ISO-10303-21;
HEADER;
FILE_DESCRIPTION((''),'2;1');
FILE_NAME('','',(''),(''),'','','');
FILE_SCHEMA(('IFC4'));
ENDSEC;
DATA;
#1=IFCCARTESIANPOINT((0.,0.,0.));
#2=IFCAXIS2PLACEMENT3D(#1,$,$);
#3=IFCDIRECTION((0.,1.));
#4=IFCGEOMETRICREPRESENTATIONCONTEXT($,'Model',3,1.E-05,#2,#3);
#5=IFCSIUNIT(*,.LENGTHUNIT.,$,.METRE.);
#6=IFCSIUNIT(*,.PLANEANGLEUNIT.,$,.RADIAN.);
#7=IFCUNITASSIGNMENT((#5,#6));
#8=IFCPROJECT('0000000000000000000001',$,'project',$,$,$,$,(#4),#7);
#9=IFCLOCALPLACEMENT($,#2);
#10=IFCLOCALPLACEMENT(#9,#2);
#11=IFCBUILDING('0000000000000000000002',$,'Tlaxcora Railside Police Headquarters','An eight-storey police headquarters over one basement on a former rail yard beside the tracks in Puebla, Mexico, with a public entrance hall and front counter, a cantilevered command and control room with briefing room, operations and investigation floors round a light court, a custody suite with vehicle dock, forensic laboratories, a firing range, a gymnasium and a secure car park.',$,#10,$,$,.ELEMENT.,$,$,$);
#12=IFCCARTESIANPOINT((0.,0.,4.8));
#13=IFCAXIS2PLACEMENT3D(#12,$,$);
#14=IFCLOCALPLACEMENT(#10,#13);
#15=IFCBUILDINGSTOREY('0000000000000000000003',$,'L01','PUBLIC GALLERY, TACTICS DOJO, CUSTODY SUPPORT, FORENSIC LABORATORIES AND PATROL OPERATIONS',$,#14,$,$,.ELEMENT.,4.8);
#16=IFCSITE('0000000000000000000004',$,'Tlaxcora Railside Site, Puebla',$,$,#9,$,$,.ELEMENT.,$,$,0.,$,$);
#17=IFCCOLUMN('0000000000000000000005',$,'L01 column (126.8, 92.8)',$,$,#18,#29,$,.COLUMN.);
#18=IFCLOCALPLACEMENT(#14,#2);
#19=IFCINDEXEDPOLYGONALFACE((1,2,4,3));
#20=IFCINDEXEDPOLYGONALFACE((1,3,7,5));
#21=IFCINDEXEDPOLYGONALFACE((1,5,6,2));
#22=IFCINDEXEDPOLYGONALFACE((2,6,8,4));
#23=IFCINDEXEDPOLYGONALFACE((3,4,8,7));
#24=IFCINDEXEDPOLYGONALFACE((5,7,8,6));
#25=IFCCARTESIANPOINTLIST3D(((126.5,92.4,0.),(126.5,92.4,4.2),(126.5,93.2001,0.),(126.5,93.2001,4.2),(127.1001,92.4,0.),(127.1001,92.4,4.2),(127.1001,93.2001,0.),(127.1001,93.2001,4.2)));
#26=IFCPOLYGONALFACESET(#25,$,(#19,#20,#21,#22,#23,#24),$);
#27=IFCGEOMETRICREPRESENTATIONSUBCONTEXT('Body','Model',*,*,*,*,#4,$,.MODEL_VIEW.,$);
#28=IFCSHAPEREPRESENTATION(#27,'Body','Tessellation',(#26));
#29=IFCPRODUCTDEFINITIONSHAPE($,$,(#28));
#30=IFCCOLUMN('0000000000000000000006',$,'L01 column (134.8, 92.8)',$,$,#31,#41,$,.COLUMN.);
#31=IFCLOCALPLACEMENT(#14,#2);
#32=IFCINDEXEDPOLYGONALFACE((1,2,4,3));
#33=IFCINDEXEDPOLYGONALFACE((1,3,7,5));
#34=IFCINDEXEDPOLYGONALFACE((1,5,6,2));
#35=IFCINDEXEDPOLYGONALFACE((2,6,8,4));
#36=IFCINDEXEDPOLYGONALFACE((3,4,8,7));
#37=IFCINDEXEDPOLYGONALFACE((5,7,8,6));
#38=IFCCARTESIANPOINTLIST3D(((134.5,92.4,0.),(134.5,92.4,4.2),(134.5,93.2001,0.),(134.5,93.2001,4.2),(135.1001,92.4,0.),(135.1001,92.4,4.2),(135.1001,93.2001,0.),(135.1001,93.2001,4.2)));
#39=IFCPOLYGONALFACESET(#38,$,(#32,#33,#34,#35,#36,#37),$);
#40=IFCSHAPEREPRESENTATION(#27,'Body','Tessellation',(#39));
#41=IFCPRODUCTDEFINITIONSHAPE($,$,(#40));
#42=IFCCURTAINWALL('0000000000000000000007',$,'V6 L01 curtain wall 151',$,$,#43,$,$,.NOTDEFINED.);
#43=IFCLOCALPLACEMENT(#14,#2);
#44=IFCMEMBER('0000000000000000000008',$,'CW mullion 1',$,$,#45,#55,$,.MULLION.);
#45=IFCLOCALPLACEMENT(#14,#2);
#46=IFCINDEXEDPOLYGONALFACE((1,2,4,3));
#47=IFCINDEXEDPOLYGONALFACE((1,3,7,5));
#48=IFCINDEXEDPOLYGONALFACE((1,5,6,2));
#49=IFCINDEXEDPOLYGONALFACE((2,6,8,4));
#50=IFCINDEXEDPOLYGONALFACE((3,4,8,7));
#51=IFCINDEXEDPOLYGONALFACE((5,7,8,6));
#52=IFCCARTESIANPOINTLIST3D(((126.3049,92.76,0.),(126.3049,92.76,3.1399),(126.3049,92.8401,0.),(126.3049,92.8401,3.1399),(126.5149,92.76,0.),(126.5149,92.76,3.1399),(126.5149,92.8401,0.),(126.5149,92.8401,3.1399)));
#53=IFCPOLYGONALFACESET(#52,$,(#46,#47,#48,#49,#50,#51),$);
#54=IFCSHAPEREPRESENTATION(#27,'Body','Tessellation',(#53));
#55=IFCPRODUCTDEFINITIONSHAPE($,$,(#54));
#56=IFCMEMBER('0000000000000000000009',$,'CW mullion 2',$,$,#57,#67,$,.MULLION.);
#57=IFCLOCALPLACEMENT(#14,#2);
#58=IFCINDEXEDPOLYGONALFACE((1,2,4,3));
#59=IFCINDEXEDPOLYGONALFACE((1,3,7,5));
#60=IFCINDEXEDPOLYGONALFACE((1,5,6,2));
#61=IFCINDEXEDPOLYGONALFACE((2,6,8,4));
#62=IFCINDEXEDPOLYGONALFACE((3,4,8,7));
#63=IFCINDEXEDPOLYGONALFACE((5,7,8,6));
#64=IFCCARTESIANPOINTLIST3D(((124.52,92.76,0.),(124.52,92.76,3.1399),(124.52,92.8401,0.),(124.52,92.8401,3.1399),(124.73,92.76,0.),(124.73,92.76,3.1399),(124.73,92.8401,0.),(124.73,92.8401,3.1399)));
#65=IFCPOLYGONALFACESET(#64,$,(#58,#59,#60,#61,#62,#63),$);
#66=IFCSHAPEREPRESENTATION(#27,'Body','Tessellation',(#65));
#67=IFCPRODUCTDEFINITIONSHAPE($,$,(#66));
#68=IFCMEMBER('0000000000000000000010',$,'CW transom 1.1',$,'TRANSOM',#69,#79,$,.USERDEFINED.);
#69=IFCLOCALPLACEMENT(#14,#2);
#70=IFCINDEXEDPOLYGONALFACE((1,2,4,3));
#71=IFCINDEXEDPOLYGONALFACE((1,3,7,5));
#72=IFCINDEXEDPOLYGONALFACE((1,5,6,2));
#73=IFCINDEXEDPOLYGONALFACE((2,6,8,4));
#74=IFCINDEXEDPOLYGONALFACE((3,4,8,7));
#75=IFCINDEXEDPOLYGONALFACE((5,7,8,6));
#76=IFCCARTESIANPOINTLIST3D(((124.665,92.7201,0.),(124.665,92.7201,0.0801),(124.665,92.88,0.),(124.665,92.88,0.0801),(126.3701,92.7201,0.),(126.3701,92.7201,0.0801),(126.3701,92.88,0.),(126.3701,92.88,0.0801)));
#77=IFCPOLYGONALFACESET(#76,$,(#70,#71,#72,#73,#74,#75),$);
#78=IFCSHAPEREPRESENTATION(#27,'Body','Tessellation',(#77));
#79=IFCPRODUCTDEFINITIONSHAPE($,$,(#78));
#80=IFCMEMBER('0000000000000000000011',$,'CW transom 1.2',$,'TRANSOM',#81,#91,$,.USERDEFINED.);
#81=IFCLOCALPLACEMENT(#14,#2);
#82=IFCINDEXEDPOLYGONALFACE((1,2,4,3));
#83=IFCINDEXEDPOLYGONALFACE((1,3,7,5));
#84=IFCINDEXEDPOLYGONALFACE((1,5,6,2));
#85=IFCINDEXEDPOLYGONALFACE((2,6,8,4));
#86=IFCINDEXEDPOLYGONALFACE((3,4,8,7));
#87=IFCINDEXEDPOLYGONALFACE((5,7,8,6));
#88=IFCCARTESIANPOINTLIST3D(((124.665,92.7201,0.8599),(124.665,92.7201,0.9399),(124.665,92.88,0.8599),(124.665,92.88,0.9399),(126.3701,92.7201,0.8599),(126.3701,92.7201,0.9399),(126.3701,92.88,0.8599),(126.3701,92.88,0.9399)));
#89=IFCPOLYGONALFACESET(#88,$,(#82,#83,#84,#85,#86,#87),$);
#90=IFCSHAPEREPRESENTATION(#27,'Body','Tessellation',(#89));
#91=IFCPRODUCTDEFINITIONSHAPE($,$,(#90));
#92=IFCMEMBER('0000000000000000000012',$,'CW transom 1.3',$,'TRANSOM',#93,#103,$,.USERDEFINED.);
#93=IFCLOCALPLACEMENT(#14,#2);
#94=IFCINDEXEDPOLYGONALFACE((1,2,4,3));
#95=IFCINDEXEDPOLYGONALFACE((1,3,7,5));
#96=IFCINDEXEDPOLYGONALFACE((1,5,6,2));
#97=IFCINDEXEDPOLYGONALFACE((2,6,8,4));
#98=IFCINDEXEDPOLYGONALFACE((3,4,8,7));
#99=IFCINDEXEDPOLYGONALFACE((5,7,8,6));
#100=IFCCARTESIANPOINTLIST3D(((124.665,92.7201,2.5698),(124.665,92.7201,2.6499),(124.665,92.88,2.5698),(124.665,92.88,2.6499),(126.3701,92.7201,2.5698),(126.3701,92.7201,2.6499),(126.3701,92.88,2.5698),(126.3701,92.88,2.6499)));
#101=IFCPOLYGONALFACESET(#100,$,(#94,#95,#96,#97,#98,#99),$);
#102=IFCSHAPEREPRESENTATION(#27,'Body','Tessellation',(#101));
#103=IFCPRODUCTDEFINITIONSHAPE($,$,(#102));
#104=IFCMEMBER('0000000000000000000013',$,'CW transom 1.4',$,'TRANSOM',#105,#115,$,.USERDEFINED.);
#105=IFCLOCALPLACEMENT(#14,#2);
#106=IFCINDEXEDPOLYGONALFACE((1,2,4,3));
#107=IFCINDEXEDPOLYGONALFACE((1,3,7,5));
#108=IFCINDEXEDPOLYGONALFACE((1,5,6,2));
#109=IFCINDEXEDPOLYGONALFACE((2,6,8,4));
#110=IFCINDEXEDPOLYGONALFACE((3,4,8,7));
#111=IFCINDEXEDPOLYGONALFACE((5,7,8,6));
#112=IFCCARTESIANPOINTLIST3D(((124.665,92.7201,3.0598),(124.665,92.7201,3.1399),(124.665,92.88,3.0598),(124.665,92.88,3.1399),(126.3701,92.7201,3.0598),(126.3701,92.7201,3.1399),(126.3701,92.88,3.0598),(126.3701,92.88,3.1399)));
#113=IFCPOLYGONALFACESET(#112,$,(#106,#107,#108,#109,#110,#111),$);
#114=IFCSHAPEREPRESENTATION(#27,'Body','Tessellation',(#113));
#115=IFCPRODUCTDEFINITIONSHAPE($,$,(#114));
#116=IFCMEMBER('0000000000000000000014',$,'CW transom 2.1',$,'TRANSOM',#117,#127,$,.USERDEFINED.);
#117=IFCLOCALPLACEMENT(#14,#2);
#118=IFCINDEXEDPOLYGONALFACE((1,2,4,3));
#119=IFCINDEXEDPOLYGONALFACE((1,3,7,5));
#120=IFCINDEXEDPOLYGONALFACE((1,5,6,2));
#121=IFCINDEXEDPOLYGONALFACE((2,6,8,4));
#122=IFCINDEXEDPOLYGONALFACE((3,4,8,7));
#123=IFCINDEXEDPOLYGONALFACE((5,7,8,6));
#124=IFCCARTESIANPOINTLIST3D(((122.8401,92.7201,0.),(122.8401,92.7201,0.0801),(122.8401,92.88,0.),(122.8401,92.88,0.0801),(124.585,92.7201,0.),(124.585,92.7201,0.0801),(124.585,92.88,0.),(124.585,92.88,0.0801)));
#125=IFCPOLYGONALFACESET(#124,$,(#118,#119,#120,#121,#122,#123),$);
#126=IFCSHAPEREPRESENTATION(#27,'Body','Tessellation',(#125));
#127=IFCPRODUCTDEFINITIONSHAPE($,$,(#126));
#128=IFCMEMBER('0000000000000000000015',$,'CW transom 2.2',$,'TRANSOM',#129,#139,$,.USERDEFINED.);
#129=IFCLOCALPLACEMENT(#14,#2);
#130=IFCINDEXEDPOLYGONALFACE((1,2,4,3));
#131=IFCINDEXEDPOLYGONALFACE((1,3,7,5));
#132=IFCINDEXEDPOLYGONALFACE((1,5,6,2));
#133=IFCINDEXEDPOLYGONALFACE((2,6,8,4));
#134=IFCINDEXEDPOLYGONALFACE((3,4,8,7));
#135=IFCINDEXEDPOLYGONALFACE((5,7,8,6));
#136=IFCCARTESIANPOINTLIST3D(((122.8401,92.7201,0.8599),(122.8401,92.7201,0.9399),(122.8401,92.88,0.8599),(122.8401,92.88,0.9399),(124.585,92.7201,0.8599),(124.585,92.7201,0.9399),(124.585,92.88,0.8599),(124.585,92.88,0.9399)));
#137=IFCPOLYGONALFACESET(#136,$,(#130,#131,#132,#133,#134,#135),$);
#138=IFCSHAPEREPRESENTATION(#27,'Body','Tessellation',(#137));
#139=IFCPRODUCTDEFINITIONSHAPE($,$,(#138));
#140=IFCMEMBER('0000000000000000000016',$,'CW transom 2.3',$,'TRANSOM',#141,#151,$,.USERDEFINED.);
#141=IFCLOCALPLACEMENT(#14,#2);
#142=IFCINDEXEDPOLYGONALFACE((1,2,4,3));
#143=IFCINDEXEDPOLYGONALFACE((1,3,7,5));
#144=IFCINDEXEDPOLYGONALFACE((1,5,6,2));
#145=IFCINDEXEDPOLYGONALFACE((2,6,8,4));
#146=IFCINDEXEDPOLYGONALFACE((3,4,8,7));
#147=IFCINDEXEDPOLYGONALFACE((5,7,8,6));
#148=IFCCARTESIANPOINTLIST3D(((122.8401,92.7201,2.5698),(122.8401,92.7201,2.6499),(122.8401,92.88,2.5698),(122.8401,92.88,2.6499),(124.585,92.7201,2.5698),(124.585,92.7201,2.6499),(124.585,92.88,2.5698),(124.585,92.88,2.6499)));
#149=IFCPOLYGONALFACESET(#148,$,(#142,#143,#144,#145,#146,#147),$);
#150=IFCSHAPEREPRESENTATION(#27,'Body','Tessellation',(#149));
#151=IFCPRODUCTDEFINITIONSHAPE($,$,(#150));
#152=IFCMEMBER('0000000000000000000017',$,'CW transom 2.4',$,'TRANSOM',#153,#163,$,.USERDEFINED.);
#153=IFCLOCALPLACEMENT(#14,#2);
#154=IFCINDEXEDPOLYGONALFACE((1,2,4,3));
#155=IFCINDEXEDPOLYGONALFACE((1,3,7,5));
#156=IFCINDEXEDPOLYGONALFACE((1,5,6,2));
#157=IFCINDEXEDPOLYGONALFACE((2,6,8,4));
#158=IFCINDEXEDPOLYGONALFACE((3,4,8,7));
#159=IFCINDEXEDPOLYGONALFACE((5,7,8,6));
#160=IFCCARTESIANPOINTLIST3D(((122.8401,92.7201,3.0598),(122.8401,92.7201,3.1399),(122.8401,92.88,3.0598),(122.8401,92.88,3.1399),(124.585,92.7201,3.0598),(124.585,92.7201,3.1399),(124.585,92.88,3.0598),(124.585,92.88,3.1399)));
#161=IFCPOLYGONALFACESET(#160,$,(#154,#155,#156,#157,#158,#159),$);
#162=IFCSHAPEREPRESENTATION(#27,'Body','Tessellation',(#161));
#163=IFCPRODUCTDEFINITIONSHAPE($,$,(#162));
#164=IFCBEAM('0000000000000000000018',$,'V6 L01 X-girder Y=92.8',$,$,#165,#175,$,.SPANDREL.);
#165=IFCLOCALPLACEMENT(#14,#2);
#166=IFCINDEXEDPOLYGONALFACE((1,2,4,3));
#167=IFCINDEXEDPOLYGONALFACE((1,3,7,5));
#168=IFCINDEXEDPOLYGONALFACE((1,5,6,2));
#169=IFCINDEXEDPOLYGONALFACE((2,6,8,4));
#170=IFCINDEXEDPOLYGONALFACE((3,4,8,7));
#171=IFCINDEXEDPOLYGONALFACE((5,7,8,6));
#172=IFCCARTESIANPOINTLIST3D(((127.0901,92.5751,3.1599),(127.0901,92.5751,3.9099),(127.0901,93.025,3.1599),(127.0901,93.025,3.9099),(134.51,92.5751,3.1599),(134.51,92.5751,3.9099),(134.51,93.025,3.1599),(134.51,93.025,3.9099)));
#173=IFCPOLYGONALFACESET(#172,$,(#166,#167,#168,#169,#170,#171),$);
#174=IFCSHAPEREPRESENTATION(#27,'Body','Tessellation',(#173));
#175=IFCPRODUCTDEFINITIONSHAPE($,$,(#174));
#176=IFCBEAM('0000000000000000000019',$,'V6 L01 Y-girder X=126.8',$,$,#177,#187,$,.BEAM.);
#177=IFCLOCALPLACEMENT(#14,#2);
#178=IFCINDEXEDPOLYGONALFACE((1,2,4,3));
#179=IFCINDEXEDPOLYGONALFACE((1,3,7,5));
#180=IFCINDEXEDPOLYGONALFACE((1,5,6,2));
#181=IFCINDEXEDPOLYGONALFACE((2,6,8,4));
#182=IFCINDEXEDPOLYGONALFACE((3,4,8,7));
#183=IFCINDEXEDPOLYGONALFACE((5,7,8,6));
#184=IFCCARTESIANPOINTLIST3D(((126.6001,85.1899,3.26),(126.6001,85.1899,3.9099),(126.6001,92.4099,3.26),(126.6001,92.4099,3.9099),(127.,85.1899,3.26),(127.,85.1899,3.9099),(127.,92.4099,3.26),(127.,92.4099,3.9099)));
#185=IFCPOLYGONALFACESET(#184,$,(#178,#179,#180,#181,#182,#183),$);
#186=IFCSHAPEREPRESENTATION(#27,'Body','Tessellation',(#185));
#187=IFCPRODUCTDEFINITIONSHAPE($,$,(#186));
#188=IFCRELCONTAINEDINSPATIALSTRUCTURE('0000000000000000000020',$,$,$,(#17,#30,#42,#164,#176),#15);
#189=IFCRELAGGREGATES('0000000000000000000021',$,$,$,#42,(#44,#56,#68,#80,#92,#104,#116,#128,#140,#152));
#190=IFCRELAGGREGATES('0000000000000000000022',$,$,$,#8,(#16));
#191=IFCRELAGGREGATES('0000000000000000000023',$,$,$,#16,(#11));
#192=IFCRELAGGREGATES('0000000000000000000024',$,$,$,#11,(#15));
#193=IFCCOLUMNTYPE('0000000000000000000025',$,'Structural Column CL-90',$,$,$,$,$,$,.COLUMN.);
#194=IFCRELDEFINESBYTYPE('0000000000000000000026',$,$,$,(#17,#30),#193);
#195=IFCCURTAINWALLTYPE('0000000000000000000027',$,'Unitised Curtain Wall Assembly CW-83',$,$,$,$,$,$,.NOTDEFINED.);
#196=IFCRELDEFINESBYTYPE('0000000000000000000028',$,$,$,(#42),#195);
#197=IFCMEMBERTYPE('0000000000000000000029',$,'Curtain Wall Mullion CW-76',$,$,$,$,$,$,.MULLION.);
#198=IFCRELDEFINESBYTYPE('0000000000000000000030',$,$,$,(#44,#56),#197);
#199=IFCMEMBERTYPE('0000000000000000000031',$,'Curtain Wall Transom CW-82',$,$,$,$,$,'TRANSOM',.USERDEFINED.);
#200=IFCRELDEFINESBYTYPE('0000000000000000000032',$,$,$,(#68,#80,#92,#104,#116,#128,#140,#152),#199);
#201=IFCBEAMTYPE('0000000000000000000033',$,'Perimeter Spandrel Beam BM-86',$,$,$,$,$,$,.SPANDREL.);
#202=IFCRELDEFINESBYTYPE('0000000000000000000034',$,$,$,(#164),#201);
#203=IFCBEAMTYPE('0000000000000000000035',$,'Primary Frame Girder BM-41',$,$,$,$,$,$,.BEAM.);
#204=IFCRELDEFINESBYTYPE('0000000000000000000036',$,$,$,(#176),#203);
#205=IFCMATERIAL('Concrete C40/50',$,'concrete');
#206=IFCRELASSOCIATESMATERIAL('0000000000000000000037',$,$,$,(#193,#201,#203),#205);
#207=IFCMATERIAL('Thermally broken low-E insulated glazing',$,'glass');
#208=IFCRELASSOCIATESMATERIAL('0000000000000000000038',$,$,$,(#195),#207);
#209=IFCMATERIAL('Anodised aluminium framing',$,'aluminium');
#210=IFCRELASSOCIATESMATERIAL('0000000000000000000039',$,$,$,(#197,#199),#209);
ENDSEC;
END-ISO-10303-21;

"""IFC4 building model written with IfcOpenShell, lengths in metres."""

from ifc_helpers import new_model, si_unit, direction, frame, origin, origin_2d, place, context, subcontext, project, spatial, rectangle, extrude, material, material_profile, profile_set, type_object, element, aggregate, save


model = new_model("IFC4")

# Units and contexts
model_context = context("Model", 3, precision=1e-05, world=origin(), true_north=direction((0.0, 1.0)))
body_context = subcontext(model_context, "Body", "Model", "MODEL_VIEW")
ifc_project = project(units=[si_unit("LENGTHUNIT", "METRE"), si_unit("PLANEANGLEUNIT", "RADIAN")], contexts=[model_context])

# Site, building, storey
site_placement = place(None, origin())
site = spatial("IfcSite", under=ifc_project, at=site_placement, Name="Tlaxcora Railside Site, Puebla", CompositionType="ELEMENT", RefElevation=0.0)
building_placement = place(site_placement, origin())
building = spatial("IfcBuilding", under=site, at=building_placement, Name="Tlaxcora Railside Police Headquarters", Description="An eight-storey police headquarters over one basement on a former rail yard beside the tracks in Puebla, Mexico, with a public entrance hall and front counter, a cantilevered command and control room with briefing room, operations and investigation floors round a light court, a custody suite with vehicle dock, forensic laboratories, a firing range, a gymnasium and a secure car park.", CompositionType="ELEMENT")
storey_placement = place(building_placement, frame((0.0, 0.0, 4.8)))
storey = spatial("IfcBuildingStorey", under=building, at=storey_placement, Name="L01", Description="PUBLIC GALLERY, TACTICS DOJO, CUSTODY SUPPORT, FORENSIC LABORATORIES AND PATROL OPERATIONS", CompositionType="ELEMENT", Elevation=4.8)

# Columns
ifc_material_1 = material(Name="Concrete C40/50", Category="concrete")
ifc_material_profile_1 = material_profile(ifc_material_1, rectangle(XDim=0.6001, YDim=0.8, at=origin_2d()), Name="RC600X800")
ifc_profile_set_1 = profile_set([ifc_material_profile_1], Name="Concrete C40/50")
column_type = type_object("IfcColumnType", Name="Structural Column CL-90", PredefinedType="COLUMN", material=ifc_profile_set_1)
for number, where, z_axis, x_axis, name in (
    (1, (126.8, 92.8, 0.0), (0.0, 0.0, 1.0), (1.0, 0.0, 0.0), "L01 column (126.8, 92.8)"),
    (2, (134.8, 92.8, 0.0), (0.0, 0.0, 1.0), (1.0, 0.0, 0.0), "L01 column (134.8, 92.8)"),
):
    element("IfcColumn", number, at=place(storey_placement, frame(where, z_axis=z_axis, x_axis=x_axis)), inside=storey, type_object=column_type, Name=name, PredefinedType="COLUMN", context=body_context, shape_type="SweptSolid", body=[
        extrude(rectangle(XDim=0.6001, YDim=0.8, at=origin_2d()), origin(), (0.0, 0.0, 1.0), 4.2),
    ])

# Curtain wall, members
ifc_material_2 = material(Name="Thermally broken low-E insulated glazing", Category="glass")
curtain_wall_type = type_object("IfcCurtainWallType", Name="Unitised Curtain Wall Assembly CW-83", PredefinedType="NOTDEFINED", material=ifc_material_2)
curtain_wall_placement = place(storey_placement, origin())
curtain_wall = element("IfcCurtainWall", 3, at=curtain_wall_placement, inside=storey, type_object=curtain_wall_type, Name="V6 L01 curtain wall 151", PredefinedType="NOTDEFINED")
ifc_material_3 = material(Name="Anodised aluminium framing", Category="aluminium")
ifc_material_profile_2 = material_profile(ifc_material_3, rectangle(XDim=0.0801, YDim=0.21, at=origin_2d()), Name="AL80X210")
ifc_profile_set_2 = profile_set([ifc_material_profile_2], Name="Anodised aluminium framing")
member_type_1 = type_object("IfcMemberType", Name="Curtain Wall Mullion CW-76", PredefinedType="MULLION", material=ifc_profile_set_2)
member_1_placement = place(storey_placement, frame((126.4099, 92.8, 0.0), z_axis=(0.0, 0.0, 1.0), x_axis=(0.0, -1.0, 0.0)))
member_1 = element("IfcMember", 4, at=member_1_placement, type_object=member_type_1, Name="CW mullion 1", PredefinedType="MULLION", context=body_context, shape_type="SweptSolid", body=[
    extrude(rectangle(XDim=0.0801, YDim=0.21, at=origin_2d()), origin(), (0.0, 0.0, 1.0), 3.1399),
])
member_2_placement = place(storey_placement, frame((124.625, 92.8, 0.0), z_axis=(0.0, 0.0, 1.0), x_axis=(0.0, -1.0, 0.0)))
member_2 = element("IfcMember", 5, at=member_2_placement, type_object=member_type_1, Name="CW mullion 2", PredefinedType="MULLION", context=body_context, shape_type="SweptSolid", body=[
    extrude(rectangle(XDim=0.0801, YDim=0.21, at=origin_2d()), origin(), (0.0, 0.0, 1.0), 3.1399),
])
ifc_material_profile_3 = material_profile(ifc_material_3, rectangle(XDim=0.1599, YDim=0.0801, at=origin_2d()), Name="AL80X160")
ifc_profile_set_3 = profile_set([ifc_material_profile_3], Name="Anodised aluminium framing")
member_type_2 = type_object("IfcMemberType", Name="Curtain Wall Transom CW-82", ElementType="TRANSOM", PredefinedType="USERDEFINED", material=ifc_profile_set_3)
member_3_placement = place(storey_placement, frame((126.3701, 92.8, 0.04), z_axis=(-1.0, 0.0, 0.0), x_axis=(0.0, -1.0, 0.0)))
member_3 = element("IfcMember", 6, at=member_3_placement, type_object=member_type_2, Name="CW transom 1.1", ObjectType="TRANSOM", PredefinedType="USERDEFINED", context=body_context, shape_type="SweptSolid", body=[
    extrude(rectangle(XDim=0.1599, YDim=0.0801, at=origin_2d()), origin(), (0.0, 0.0, 1.0), 1.7051),
])
member_4_placement = place(storey_placement, frame((126.3701, 92.8, 0.8999), z_axis=(-1.0, 0.0, 0.0), x_axis=(0.0, -1.0, 0.0)))
member_4 = element("IfcMember", 7, at=member_4_placement, type_object=member_type_2, Name="CW transom 1.2", ObjectType="TRANSOM", PredefinedType="USERDEFINED", context=body_context, shape_type="SweptSolid", body=[
    extrude(rectangle(XDim=0.1599, YDim=0.0801, at=origin_2d()), origin(), (0.0, 0.0, 1.0), 1.7051),
])
member_5_placement = place(storey_placement, frame((126.3701, 92.8, 2.6099), z_axis=(-1.0, 0.0, 0.0), x_axis=(0.0, -1.0, 0.0)))
member_5 = element("IfcMember", 8, at=member_5_placement, type_object=member_type_2, Name="CW transom 1.3", ObjectType="TRANSOM", PredefinedType="USERDEFINED", context=body_context, shape_type="SweptSolid", body=[
    extrude(rectangle(XDim=0.1599, YDim=0.0801, at=origin_2d()), origin(), (0.0, 0.0, 1.0), 1.7051),
])
member_6_placement = place(storey_placement, frame((126.3701, 92.8, 3.0999), z_axis=(-1.0, 0.0, 0.0), x_axis=(0.0, -1.0, 0.0)))
member_6 = element("IfcMember", 9, at=member_6_placement, type_object=member_type_2, Name="CW transom 1.4", ObjectType="TRANSOM", PredefinedType="USERDEFINED", context=body_context, shape_type="SweptSolid", body=[
    extrude(rectangle(XDim=0.1599, YDim=0.0801, at=origin_2d()), origin(), (0.0, 0.0, 1.0), 1.7051),
])
member_7_placement = place(storey_placement, frame((124.585, 92.8, 0.04), z_axis=(-1.0, 0.0, 0.0), x_axis=(0.0, -1.0, 0.0)))
member_7 = element("IfcMember", 10, at=member_7_placement, type_object=member_type_2, Name="CW transom 2.1", ObjectType="TRANSOM", PredefinedType="USERDEFINED", context=body_context, shape_type="SweptSolid", body=[
    extrude(rectangle(XDim=0.1599, YDim=0.0801, at=origin_2d()), origin(), (0.0, 0.0, 1.0), 1.7449),
])
member_8_placement = place(storey_placement, frame((124.585, 92.8, 0.8999), z_axis=(-1.0, 0.0, 0.0), x_axis=(0.0, -1.0, 0.0)))
member_8 = element("IfcMember", 11, at=member_8_placement, type_object=member_type_2, Name="CW transom 2.2", ObjectType="TRANSOM", PredefinedType="USERDEFINED", context=body_context, shape_type="SweptSolid", body=[
    extrude(rectangle(XDim=0.1599, YDim=0.0801, at=origin_2d()), origin(), (0.0, 0.0, 1.0), 1.7449),
])
member_9_placement = place(storey_placement, frame((124.585, 92.8, 2.6099), z_axis=(-1.0, 0.0, 0.0), x_axis=(0.0, -1.0, 0.0)))
member_9 = element("IfcMember", 12, at=member_9_placement, type_object=member_type_2, Name="CW transom 2.3", ObjectType="TRANSOM", PredefinedType="USERDEFINED", context=body_context, shape_type="SweptSolid", body=[
    extrude(rectangle(XDim=0.1599, YDim=0.0801, at=origin_2d()), origin(), (0.0, 0.0, 1.0), 1.7449),
])
member_10_placement = place(storey_placement, frame((124.585, 92.8, 3.0999), z_axis=(-1.0, 0.0, 0.0), x_axis=(0.0, -1.0, 0.0)))
member_10 = element("IfcMember", 13, at=member_10_placement, type_object=member_type_2, Name="CW transom 2.4", ObjectType="TRANSOM", PredefinedType="USERDEFINED", context=body_context, shape_type="SweptSolid", body=[
    extrude(rectangle(XDim=0.1599, YDim=0.0801, at=origin_2d()), origin(), (0.0, 0.0, 1.0), 1.7449),
])

# Beams
ifc_material_profile_4 = material_profile(ifc_material_1, rectangle(XDim=0.45, YDim=0.75, at=origin_2d()), Name="RC450X750")
ifc_profile_set_4 = profile_set([ifc_material_profile_4], Name="Concrete C40/50")
beam_type_1 = type_object("IfcBeamType", Name="Perimeter Spandrel Beam BM-86", PredefinedType="SPANDREL", material=ifc_profile_set_4)
beam_placement = place(storey_placement, frame((127.0901, 92.8, 3.5349), z_axis=(1.0, 0.0, 0.0), x_axis=(0.0, 1.0, 0.0)))
element("IfcBeam", 14, at=beam_placement, inside=storey, type_object=beam_type_1, Name="V6 L01 X-girder Y=92.8", PredefinedType="SPANDREL", context=body_context, shape_type="SweptSolid", body=[
    extrude(rectangle(XDim=0.45, YDim=0.75, at=origin_2d()), origin(), (0.0, 0.0, 1.0), 7.4199),
])
ifc_material_profile_5 = material_profile(ifc_material_1, rectangle(XDim=0.3999, YDim=0.6499, at=origin_2d()), Name="RC400X650")
ifc_profile_set_5 = profile_set([ifc_material_profile_5], Name="Concrete C40/50")
beam_type_2 = type_object("IfcBeamType", Name="Primary Frame Girder BM-41", PredefinedType="BEAM", material=ifc_profile_set_5)
for number, where, z_axis, x_axis, name in (
    (15, (126.8, 85.1899, 3.585), (0.0, 1.0, 0.0), (-1.0, 0.0, 0.0), "V6 L01 Y-girder X=126.8"),
):
    element("IfcBeam", number, at=place(storey_placement, frame(where, z_axis=z_axis, x_axis=x_axis)), inside=storey, type_object=beam_type_2, Name=name, PredefinedType="BEAM", context=body_context, shape_type="SweptSolid", body=[
        extrude(rectangle(XDim=0.3999, YDim=0.6499, at=origin_2d()), origin(), (0.0, 0.0, 1.0), 7.22),
    ])

aggregate(curtain_wall, [member_1, member_2, member_3, member_4, member_5, member_6, member_7, member_8, member_9, member_10])

save(model, "model.ifc")
